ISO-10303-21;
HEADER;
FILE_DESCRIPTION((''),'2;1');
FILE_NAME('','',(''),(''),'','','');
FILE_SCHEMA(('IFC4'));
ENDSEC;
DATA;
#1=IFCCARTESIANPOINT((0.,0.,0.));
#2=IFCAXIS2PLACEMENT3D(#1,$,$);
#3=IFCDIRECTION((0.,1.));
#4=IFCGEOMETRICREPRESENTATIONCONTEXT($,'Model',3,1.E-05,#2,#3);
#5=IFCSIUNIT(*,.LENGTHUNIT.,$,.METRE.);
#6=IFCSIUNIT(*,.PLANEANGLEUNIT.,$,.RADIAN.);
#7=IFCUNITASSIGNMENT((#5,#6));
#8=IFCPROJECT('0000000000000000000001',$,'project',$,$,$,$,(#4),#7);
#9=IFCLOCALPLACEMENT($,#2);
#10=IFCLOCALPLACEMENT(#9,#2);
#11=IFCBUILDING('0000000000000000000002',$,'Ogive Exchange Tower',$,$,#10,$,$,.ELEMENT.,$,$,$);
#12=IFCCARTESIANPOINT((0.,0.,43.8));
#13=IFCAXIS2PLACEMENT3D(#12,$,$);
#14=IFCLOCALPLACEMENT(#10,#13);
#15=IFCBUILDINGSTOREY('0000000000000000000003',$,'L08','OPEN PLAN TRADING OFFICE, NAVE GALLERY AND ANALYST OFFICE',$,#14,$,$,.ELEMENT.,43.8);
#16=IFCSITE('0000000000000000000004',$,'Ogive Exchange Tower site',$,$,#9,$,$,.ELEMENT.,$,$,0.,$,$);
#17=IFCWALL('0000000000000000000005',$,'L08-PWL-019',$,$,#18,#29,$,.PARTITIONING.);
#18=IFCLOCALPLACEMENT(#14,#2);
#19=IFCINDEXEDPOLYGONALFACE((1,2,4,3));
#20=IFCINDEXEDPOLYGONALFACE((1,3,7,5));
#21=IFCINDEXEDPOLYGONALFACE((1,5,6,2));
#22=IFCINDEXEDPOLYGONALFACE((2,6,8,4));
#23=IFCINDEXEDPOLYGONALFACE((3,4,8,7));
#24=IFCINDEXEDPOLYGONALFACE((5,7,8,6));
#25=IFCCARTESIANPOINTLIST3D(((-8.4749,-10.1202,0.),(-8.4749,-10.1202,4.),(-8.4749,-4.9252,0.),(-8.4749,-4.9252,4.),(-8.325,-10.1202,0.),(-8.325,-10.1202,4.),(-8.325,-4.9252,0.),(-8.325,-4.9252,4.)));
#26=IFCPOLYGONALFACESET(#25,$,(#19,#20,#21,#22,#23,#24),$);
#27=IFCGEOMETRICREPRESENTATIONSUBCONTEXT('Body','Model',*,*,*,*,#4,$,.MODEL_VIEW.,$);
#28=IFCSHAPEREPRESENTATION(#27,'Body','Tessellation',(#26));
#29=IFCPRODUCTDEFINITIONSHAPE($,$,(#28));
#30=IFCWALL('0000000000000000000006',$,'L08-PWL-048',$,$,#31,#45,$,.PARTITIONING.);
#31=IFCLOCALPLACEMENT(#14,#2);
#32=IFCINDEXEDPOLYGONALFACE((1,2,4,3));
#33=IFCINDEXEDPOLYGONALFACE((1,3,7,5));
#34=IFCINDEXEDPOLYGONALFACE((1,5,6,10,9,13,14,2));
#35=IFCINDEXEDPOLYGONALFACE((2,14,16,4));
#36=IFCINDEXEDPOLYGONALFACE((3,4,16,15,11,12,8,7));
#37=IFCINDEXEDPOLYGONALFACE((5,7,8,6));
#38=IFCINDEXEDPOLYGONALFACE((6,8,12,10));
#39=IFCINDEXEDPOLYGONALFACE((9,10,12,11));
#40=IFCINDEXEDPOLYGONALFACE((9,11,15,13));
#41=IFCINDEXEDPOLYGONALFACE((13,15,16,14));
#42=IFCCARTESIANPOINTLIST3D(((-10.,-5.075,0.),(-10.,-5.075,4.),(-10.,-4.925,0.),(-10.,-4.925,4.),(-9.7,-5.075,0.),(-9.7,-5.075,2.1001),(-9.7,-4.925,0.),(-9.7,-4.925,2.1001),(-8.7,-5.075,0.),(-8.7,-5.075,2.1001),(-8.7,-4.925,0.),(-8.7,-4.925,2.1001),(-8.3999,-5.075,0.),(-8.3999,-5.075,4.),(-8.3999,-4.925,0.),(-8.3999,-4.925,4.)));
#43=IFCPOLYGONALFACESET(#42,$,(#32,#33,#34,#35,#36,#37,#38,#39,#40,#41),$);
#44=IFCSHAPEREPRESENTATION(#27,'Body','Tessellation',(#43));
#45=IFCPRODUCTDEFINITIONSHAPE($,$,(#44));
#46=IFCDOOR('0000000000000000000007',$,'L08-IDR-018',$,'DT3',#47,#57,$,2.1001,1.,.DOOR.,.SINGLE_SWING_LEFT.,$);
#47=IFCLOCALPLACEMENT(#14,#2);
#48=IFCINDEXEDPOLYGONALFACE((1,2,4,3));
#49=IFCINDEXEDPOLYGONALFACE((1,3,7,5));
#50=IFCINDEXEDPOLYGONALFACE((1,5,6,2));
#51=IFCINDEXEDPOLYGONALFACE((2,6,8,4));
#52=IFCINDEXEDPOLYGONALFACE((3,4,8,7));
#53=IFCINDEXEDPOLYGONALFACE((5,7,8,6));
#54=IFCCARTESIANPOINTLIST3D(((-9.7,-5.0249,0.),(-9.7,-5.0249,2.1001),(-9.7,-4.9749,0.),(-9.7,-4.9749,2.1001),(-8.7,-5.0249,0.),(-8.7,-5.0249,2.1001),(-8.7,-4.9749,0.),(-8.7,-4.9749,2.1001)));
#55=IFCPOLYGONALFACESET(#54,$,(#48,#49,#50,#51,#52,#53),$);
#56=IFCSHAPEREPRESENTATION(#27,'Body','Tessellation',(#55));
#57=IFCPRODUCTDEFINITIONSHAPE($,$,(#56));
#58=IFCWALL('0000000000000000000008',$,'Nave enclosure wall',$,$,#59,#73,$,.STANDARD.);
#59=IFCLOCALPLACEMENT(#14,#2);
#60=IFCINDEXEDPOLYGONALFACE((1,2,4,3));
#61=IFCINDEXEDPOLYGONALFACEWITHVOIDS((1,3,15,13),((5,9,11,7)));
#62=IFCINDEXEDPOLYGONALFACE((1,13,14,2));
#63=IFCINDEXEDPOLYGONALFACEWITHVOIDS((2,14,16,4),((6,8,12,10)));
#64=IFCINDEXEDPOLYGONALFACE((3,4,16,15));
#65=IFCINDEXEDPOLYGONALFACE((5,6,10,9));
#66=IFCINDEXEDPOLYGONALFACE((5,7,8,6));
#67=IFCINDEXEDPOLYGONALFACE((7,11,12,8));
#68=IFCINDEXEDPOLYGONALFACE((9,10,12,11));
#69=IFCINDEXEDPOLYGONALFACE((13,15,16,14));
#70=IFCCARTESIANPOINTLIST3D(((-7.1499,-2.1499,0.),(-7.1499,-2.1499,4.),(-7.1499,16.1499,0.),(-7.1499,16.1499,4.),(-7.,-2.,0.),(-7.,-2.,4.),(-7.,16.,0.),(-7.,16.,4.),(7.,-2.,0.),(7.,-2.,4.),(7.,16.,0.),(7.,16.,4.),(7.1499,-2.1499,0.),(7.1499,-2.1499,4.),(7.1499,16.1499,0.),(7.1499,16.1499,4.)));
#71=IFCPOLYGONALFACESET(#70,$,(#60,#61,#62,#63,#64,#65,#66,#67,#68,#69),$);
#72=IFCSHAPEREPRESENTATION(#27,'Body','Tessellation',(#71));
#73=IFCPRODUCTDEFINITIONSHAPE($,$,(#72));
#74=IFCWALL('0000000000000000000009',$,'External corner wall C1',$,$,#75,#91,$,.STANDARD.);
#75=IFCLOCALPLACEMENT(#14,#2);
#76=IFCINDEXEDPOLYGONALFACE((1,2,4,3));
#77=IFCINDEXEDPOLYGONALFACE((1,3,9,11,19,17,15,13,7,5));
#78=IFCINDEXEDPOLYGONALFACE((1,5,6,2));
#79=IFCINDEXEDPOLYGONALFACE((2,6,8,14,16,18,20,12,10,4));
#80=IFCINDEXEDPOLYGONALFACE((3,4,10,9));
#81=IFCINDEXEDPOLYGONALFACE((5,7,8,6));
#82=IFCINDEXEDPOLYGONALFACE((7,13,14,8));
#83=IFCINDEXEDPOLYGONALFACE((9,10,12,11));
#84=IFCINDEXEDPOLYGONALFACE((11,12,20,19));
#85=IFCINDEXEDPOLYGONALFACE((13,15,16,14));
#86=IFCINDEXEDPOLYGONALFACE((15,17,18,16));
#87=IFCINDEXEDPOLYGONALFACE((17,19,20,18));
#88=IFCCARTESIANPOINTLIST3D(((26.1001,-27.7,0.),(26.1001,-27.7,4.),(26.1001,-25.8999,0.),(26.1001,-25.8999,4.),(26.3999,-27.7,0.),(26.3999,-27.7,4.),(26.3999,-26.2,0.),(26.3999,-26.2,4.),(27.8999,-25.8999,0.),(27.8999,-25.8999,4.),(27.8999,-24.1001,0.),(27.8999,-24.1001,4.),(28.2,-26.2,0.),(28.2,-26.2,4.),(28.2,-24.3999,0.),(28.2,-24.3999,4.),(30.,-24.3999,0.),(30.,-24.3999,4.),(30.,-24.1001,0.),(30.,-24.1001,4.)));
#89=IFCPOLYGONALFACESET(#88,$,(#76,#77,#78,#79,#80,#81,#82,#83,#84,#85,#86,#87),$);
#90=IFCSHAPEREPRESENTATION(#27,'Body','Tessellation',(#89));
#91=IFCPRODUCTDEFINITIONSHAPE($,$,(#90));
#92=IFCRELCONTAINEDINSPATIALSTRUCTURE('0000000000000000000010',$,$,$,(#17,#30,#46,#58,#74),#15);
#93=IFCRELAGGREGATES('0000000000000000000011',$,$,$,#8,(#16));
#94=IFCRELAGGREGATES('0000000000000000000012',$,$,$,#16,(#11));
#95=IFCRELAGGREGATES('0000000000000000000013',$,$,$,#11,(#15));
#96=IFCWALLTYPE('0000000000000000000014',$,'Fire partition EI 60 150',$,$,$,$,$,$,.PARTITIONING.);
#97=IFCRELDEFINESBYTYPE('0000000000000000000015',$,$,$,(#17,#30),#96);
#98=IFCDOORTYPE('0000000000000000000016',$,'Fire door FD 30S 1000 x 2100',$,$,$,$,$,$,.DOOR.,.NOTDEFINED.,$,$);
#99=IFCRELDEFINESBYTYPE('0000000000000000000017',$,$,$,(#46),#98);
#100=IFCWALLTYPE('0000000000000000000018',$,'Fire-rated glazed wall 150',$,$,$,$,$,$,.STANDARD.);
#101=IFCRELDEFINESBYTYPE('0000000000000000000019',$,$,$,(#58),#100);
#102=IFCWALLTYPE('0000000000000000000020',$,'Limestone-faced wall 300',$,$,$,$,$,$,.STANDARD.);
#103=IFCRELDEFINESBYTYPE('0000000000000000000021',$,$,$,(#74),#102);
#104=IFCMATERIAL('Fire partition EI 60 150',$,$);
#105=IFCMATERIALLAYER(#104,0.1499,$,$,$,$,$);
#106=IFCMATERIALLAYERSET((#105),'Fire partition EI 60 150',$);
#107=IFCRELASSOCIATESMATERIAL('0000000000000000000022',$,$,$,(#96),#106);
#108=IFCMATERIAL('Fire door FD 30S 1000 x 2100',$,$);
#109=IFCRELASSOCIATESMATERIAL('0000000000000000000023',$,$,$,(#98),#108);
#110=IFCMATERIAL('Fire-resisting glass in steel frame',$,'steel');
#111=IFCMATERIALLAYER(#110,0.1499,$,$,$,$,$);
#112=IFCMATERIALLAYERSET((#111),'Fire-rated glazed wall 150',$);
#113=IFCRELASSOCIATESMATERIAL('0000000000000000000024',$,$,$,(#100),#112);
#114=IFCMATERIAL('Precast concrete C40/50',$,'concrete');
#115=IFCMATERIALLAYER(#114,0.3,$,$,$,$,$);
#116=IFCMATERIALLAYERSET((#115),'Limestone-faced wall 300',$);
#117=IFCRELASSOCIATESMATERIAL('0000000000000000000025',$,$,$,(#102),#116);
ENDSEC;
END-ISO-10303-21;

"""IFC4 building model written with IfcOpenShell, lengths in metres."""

from ifc_helpers import new_model, si_unit, direction, frame, frame_2d, origin, place, context, subcontext, project, spatial, polyline, rectangle, outline, extrude, material, layer, layer_set, type_object, element, fill, save


model = new_model("IFC4")

# Units and contexts
model_context = context("Model", 3, precision=1e-05, world=origin(), true_north=direction((0.0, 1.0)))
body_context = subcontext(model_context, "Body", "Model", "MODEL_VIEW")
ifc_project = project(units=[si_unit("LENGTHUNIT", "METRE"), si_unit("PLANEANGLEUNIT", "RADIAN")], contexts=[model_context])

# Site, building, storey
site_placement = place(None, origin())
site = spatial("IfcSite", under=ifc_project, at=site_placement, Name="Ogive Exchange Tower site", CompositionType="ELEMENT", RefElevation=0.0)
building_placement = place(site_placement, origin())
building = spatial("IfcBuilding", under=site, at=building_placement, Name="Ogive Exchange Tower", CompositionType="ELEMENT")
storey_placement = place(building_placement, frame((0.0, 0.0, 43.8)))
storey = spatial("IfcBuildingStorey", under=building, at=storey_placement, Name="L08", Description="OPEN PLAN TRADING OFFICE, NAVE GALLERY AND ANALYST OFFICE", CompositionType="ELEMENT", Elevation=43.8)

# Shared definitions
ifc_material_1 = material(Name="Fire partition EI 60 150")
ifc_layer_1 = layer(ifc_material_1, 0.1499)
ifc_layer_set_1 = layer_set([ifc_layer_1], Name="Fire partition EI 60 150")
wall_type_1 = type_object("IfcWallType", Name="Fire partition EI 60 150", PredefinedType="PARTITIONING", material=ifc_layer_set_1)
ifc_material_2 = material(Name="Fire door FD 30S 1000 x 2100")
door_type = type_object("IfcDoorType", Name="Fire door FD 30S 1000 x 2100", OperationType="NOTDEFINED", PredefinedType="DOOR", material=ifc_material_2)

# Wall
wall_1_placement = place(storey_placement, frame((-8.3999, -4.925, 0.0), z_axis=(0.0, 0.0, 1.0), x_axis=(0.0, -1.0, 0.0)))
element("IfcWall", 1, at=wall_1_placement, inside=storey, type_object=wall_type_1, Name="L08-PWL-019", PredefinedType="PARTITIONING", context=body_context, shape_type="SweptSolid", body=[
    extrude(rectangle(XDim=5.1951, YDim=0.1499, at=frame_2d((2.5977, 0.0))), origin(), (0.0, 0.0, 1.0), 4.0),
])

# Wall, opening, door
wall_2_placement = place(storey_placement, frame((-8.3999, -5.0, 0.0), z_axis=(0.0, 0.0, 1.0), x_axis=(-1.0, 0.0, 0.0)))
wall_2 = element("IfcWall", 2, at=wall_2_placement, inside=storey, type_object=wall_type_1, Name="L08-PWL-048", PredefinedType="PARTITIONING", context=body_context, shape_type="SweptSolid", body=[
    extrude(rectangle(XDim=1.6001, YDim=0.1499, at=frame_2d((0.8, 0.0))), origin(), (0.0, 0.0, 1.0), 4.0),
])
opening_1_placement = place(wall_2_placement, frame((0.3, 0.0, 0.0)))
opening_1 = element("IfcOpeningElement", 3, at=opening_1_placement, cuts=wall_2, PredefinedType="OPENING", context=body_context, shape_type="SweptSolid", body=[
    extrude(rectangle(XDim=1.0, YDim=2.1001, at=frame_2d((0.5, 1.05))), frame((0.0, 0.085, 0.0), z_axis=(0.0, -1.0, 0.0), x_axis=(1.0, 0.0, 0.0)), (0.0, 0.0, 1.0), 0.1699),
])
door_1_placement = place(opening_1_placement, origin())
door_1 = element("IfcDoor", 4, at=door_1_placement, inside=storey, type_object=door_type, Name="L08-IDR-018", ObjectType="DT3", OperationType="SINGLE_SWING_LEFT", OverallHeight=2.1001, OverallWidth=1.0, PredefinedType="DOOR", context=body_context, shape_type="SweptSolid", body=[
    extrude(rectangle(XDim=1.0, YDim=2.1001, at=frame_2d((0.5, 1.05))), frame((0.0, 0.0249, 0.0), z_axis=(0.0, -1.0, 0.0), x_axis=(1.0, 0.0, 0.0)), (0.0, 0.0, 1.0), 0.05),
])
fill(opening_1, door_1)

# Walls
ifc_material_3 = material(Name="Fire-resisting glass in steel frame", Category="steel")
ifc_layer_2 = layer(ifc_material_3, 0.1499)
ifc_layer_set_2 = layer_set([ifc_layer_2], Name="Fire-rated glazed wall 150")
wall_type_2 = type_object("IfcWallType", Name="Fire-rated glazed wall 150", PredefinedType="STANDARD", material=ifc_layer_set_2)
wall_3_placement = place(storey_placement, origin())
element("IfcWall", 5, at=wall_3_placement, inside=storey, type_object=wall_type_2, Name="Nave enclosure wall", PredefinedType="STANDARD", context=body_context, shape_type="SweptSolid", body=[
    extrude(outline(polyline([(-7.1499, -2.1499), (7.1499, -2.1499), (7.1499, 16.1499), (-7.1499, 16.1499), (-7.1499, -2.1499)]), holes=[polyline([(-7.0, -2.0), (-7.0, 16.0), (7.0, 16.0), (7.0, -2.0), (-7.0, -2.0)])]), origin(), (0.0, 0.0, 1.0), 4.0),
])
ifc_material_4 = material(Name="Precast concrete C40/50", Category="concrete")
ifc_layer_3 = layer(ifc_material_4, 0.3)
ifc_layer_set_3 = layer_set([ifc_layer_3], Name="Limestone-faced wall 300")
wall_type_3 = type_object("IfcWallType", Name="Limestone-faced wall 300", PredefinedType="STANDARD", material=ifc_layer_set_3)
wall_4_placement = place(storey_placement, origin())
element("IfcWall", 6, at=wall_4_placement, inside=storey, type_object=wall_type_3, Name="External corner wall C1", PredefinedType="STANDARD", context=body_context, shape_type="SweptSolid", body=[
    extrude(outline(polyline([(27.8999, -25.8999), (27.8999, -24.1001), (30.0, -24.1001), (30.0, -24.3999), (28.2, -24.3999), (28.2, -26.2), (26.3999, -26.2), (26.3999, -27.7), (26.1001, -27.7), (26.1001, -25.8999), (27.8999, -25.8999)])), origin(), (0.0, 0.0, 1.0), 4.0),
])

save(model, "model.ifc")
